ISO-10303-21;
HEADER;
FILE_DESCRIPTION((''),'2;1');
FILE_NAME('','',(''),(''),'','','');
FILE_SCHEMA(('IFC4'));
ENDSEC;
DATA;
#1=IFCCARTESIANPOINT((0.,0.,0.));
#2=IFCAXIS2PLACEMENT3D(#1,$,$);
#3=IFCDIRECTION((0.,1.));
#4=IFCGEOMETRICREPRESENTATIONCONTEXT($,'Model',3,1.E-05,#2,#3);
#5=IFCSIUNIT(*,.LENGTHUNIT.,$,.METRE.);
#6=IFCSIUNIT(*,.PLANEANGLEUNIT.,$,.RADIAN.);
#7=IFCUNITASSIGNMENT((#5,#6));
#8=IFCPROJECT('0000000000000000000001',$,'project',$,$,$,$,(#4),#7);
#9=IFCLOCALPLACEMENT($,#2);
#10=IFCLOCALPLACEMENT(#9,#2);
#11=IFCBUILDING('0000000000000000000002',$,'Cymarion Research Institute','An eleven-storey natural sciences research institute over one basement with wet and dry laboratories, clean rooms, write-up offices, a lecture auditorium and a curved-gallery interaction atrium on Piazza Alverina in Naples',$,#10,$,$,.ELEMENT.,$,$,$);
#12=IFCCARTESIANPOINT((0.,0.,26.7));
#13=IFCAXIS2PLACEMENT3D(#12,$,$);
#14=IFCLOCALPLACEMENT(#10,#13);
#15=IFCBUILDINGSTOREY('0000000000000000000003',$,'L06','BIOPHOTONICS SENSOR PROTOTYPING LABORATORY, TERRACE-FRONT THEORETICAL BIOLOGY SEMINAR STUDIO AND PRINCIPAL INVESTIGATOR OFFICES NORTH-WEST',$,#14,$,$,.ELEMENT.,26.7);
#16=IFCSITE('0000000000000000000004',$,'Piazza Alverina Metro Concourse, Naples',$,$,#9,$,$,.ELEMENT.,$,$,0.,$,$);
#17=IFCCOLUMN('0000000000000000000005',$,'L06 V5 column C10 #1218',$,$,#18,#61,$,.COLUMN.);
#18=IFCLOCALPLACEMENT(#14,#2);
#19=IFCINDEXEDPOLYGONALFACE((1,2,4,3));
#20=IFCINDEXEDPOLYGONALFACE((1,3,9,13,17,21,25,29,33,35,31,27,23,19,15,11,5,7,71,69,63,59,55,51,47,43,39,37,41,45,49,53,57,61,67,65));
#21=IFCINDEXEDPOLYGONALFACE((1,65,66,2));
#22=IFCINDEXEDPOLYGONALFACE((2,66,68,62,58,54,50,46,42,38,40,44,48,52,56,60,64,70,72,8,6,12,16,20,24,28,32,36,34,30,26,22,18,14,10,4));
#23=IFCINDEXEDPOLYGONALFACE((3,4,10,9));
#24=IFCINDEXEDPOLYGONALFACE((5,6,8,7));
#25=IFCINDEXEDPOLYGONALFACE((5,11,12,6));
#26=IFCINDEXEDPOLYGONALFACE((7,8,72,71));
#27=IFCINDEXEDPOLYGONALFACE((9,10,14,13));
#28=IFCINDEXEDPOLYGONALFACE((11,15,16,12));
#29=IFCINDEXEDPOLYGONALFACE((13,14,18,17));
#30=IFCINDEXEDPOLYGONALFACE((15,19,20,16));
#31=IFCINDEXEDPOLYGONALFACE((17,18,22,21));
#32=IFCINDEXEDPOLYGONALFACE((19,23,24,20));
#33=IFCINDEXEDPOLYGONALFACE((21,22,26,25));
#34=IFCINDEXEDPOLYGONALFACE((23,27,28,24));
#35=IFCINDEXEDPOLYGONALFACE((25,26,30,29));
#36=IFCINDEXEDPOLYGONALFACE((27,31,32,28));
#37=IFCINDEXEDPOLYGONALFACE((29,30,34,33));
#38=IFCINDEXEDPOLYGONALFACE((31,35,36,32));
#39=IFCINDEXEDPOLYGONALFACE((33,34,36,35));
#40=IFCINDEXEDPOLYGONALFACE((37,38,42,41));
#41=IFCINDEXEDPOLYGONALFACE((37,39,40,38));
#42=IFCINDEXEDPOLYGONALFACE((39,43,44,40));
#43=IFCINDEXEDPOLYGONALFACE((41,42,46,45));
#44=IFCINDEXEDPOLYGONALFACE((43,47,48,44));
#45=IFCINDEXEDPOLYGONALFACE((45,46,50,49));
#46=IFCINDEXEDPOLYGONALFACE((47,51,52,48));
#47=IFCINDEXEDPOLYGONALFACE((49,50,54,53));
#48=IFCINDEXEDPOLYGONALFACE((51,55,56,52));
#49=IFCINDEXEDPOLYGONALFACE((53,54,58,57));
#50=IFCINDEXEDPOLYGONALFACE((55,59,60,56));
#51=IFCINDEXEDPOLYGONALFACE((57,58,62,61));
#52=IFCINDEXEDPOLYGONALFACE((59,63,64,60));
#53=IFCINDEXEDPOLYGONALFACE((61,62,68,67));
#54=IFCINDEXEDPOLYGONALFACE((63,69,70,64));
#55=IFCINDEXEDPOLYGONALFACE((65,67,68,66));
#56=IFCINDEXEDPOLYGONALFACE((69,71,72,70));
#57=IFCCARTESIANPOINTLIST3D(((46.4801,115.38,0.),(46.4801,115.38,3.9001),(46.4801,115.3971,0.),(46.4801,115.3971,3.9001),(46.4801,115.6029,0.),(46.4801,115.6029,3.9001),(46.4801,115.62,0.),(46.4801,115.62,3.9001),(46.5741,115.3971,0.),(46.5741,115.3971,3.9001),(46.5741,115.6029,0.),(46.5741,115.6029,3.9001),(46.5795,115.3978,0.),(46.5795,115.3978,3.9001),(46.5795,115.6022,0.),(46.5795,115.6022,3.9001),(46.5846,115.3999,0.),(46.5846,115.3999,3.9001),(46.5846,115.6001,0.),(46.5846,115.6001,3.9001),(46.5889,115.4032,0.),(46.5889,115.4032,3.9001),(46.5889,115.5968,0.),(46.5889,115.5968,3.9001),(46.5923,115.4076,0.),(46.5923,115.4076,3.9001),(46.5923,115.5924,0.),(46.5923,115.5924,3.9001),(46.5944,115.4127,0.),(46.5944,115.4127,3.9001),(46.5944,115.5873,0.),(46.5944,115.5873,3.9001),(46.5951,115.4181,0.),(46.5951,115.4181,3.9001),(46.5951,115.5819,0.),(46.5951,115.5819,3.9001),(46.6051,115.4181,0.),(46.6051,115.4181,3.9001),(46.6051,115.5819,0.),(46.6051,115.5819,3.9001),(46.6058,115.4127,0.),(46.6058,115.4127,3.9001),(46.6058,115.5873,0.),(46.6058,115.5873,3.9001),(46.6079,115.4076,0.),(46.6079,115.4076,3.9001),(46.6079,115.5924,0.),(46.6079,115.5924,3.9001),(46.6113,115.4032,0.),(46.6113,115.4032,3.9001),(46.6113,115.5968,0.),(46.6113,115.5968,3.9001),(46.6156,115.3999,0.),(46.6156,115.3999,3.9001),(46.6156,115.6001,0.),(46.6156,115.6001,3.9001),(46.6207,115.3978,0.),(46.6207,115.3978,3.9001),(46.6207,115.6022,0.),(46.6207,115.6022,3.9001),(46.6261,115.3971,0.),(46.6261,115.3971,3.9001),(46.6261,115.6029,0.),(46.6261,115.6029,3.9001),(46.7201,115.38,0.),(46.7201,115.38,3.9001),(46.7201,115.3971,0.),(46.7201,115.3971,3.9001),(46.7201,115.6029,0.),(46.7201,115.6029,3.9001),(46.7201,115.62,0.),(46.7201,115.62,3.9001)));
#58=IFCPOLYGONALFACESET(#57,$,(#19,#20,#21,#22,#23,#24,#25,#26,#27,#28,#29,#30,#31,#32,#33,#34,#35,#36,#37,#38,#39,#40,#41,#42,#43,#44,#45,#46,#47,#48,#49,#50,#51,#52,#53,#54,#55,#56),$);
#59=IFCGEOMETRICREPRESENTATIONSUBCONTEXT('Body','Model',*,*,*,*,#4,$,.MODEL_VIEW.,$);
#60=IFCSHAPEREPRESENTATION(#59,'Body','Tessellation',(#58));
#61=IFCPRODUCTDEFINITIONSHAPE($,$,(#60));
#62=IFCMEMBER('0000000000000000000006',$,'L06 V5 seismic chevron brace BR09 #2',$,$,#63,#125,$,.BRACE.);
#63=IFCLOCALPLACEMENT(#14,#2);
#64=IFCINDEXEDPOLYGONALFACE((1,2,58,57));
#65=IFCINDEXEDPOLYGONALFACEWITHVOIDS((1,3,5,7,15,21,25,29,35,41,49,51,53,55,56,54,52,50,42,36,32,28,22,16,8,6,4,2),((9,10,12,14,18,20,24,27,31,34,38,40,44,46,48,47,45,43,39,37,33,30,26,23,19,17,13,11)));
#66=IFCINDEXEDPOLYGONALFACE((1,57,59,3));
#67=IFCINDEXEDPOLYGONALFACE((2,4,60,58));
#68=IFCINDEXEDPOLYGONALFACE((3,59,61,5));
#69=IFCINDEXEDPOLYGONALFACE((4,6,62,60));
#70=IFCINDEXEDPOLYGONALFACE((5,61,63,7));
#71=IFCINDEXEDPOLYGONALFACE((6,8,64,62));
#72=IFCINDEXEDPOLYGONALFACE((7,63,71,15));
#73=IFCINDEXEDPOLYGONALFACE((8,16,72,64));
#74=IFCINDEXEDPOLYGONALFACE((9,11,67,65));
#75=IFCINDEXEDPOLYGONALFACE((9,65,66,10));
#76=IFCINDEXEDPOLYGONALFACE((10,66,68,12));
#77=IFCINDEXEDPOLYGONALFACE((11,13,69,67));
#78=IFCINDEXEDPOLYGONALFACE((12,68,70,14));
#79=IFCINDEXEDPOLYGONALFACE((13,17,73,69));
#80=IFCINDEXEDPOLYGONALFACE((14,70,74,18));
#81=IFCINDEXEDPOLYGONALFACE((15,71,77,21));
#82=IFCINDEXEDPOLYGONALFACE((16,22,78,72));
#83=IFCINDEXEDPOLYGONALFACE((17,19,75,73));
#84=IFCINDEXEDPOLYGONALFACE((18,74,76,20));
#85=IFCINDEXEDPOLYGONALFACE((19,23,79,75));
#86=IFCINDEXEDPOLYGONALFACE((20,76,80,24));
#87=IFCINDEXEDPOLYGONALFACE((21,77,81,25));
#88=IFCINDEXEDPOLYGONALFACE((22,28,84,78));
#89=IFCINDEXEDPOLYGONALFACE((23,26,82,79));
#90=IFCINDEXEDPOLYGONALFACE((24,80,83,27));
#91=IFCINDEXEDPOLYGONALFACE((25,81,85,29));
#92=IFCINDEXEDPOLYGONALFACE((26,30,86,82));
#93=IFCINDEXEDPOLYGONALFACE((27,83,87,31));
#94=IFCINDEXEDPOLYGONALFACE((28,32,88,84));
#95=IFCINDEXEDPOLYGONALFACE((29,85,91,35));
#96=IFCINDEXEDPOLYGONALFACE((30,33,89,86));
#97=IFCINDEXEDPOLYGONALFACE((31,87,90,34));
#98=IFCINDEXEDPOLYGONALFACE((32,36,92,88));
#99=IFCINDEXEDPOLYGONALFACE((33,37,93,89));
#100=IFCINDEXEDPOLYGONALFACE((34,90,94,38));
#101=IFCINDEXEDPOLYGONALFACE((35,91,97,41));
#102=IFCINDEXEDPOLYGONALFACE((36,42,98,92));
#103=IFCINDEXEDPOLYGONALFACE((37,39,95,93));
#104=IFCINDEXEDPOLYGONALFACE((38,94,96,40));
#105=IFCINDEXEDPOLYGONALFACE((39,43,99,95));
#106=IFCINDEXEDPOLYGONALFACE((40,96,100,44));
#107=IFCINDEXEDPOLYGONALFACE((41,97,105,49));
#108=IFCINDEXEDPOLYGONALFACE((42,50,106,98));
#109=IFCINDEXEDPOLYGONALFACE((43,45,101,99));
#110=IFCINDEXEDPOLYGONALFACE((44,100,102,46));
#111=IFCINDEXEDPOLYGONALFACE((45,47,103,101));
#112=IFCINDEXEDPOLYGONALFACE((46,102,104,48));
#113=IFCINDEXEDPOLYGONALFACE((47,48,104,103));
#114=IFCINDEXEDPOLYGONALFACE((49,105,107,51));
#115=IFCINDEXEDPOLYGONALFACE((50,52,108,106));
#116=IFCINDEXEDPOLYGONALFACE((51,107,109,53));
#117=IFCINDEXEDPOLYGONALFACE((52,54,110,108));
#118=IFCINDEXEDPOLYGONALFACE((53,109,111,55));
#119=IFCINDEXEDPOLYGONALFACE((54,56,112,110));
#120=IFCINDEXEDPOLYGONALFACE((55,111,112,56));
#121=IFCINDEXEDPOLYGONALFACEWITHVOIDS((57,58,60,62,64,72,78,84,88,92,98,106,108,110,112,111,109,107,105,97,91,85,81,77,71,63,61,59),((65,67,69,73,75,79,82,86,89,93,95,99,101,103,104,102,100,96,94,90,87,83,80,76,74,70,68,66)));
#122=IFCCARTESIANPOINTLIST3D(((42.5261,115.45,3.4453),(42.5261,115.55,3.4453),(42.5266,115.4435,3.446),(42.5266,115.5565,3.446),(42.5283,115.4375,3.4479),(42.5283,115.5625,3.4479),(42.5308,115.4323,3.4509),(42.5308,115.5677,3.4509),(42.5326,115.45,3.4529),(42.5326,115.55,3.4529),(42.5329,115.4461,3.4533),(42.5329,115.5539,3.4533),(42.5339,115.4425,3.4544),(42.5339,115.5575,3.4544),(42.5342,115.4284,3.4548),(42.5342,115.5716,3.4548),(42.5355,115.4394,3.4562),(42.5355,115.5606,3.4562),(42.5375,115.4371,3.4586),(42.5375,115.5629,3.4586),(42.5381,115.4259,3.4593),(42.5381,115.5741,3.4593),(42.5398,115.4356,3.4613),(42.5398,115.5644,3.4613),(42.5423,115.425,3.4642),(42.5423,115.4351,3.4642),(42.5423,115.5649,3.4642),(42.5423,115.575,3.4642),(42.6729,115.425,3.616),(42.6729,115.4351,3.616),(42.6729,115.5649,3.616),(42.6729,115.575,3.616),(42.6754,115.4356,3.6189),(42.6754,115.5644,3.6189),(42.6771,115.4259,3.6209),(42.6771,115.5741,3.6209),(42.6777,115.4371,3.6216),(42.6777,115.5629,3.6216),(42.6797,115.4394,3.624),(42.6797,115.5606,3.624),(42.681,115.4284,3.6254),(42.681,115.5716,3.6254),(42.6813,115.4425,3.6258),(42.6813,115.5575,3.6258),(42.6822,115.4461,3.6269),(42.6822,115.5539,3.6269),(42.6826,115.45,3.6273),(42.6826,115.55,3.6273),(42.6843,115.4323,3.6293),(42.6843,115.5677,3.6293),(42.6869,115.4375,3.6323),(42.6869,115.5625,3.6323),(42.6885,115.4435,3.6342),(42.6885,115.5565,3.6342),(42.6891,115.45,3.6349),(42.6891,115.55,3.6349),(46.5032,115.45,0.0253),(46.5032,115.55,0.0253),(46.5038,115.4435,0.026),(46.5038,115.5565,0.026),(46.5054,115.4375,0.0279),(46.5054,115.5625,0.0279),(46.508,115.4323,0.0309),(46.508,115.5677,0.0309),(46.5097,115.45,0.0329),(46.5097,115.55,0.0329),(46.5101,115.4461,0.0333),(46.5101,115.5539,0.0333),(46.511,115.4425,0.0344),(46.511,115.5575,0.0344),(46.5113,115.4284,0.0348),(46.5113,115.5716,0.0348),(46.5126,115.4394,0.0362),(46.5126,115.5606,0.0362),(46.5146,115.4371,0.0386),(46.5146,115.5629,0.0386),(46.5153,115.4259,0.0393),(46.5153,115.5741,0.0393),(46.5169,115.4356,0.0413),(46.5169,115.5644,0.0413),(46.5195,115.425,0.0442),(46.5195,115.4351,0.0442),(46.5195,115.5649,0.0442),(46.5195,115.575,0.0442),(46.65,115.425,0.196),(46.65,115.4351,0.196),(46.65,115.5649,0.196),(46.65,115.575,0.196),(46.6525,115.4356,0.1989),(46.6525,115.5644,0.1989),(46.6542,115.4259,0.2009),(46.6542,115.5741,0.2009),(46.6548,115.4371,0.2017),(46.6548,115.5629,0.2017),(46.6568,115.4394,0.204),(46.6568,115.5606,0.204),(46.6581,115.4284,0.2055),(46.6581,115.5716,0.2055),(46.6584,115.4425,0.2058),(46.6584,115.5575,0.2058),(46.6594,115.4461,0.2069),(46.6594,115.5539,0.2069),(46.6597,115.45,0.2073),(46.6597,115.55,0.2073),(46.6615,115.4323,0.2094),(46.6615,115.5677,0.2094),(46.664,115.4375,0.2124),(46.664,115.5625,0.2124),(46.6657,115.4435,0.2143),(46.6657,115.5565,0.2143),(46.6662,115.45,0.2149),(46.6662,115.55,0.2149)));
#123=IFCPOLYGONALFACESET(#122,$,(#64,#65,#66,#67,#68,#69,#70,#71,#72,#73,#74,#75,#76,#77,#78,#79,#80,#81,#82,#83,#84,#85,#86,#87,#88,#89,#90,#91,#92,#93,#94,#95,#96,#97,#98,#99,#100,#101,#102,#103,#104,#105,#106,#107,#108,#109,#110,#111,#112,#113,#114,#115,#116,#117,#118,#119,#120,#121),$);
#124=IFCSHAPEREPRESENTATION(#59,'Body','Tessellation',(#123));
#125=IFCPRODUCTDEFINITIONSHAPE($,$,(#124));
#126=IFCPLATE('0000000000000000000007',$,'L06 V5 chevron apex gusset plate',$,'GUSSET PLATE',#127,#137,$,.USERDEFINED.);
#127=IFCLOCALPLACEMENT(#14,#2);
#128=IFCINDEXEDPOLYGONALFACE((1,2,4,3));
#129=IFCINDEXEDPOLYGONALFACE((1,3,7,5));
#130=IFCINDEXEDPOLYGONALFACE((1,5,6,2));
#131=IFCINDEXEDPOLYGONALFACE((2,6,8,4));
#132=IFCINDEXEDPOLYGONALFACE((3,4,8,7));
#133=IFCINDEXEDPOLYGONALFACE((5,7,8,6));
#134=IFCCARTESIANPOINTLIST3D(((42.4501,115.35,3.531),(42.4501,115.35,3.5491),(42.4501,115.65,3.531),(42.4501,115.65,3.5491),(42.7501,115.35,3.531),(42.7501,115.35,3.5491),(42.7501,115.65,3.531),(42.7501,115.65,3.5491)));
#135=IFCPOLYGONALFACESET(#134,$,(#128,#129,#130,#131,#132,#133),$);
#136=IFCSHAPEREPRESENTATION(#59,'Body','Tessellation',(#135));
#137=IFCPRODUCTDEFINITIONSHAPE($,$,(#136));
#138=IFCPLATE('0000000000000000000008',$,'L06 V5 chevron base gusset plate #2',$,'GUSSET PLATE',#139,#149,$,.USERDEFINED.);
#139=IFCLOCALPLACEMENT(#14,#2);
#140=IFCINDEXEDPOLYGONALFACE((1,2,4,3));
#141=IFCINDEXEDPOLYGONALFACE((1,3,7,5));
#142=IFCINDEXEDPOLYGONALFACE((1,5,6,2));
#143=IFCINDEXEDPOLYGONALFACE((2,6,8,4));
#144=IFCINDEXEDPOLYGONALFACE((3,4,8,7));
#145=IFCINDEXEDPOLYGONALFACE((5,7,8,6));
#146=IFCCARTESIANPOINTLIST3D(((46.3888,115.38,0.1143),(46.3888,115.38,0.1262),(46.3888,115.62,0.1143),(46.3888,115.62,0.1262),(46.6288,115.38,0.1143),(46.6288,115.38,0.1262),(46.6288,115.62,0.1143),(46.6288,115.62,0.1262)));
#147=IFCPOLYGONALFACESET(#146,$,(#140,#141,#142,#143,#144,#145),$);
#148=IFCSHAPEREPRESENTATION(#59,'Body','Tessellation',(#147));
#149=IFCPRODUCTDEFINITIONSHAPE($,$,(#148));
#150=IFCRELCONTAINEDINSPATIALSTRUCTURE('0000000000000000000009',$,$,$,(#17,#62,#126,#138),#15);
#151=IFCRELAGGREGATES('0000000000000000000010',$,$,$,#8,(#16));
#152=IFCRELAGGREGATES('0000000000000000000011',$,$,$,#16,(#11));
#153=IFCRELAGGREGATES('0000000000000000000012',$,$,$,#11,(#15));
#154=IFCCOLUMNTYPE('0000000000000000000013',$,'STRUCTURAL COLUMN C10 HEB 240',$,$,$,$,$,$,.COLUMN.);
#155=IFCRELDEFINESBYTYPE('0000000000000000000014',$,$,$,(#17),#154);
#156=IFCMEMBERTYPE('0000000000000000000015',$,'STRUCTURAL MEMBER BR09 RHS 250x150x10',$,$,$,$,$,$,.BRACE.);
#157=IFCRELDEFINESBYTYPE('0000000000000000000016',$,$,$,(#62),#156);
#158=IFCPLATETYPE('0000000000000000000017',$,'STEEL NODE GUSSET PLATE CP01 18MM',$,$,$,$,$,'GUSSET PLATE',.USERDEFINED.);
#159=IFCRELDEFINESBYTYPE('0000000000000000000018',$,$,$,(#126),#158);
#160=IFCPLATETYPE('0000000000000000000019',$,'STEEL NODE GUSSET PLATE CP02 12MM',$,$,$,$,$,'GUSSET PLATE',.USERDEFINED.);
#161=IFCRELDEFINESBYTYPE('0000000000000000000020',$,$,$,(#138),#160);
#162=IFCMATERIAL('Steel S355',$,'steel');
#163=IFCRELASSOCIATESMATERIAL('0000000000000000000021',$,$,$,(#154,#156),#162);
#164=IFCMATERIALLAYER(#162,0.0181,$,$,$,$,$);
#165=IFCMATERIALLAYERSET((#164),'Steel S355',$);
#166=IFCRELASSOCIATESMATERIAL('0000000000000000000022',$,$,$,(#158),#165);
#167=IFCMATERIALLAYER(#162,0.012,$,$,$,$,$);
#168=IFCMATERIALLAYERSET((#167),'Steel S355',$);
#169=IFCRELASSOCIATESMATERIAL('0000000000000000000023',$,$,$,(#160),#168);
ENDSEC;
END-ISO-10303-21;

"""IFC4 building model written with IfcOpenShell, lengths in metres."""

from ifc_helpers import new_model, si_unit, direction, frame, origin, origin_2d, place, context, subcontext, project, spatial, rectangle, hollow_rectangle, i_section, extrude, material, layer, layer_set, material_profile, profile_set, type_object, element, save


model = new_model("IFC4")

# Units and contexts
model_context = context("Model", 3, precision=1e-05, world=origin(), true_north=direction((0.0, 1.0)))
body_context = subcontext(model_context, "Body", "Model", "MODEL_VIEW")
ifc_project = project(units=[si_unit("LENGTHUNIT", "METRE"), si_unit("PLANEANGLEUNIT", "RADIAN")], contexts=[model_context])

# Site, building, storey
site_placement = place(None, origin())
site = spatial("IfcSite", under=ifc_project, at=site_placement, Name="Piazza Alverina Metro Concourse, Naples", CompositionType="ELEMENT", RefElevation=0.0)
building_placement = place(site_placement, origin())
building = spatial("IfcBuilding", under=site, at=building_placement, Name="Cymarion Research Institute", Description="An eleven-storey natural sciences research institute over one basement with wet and dry laboratories, clean rooms, write-up offices, a lecture auditorium and a curved-gallery interaction atrium on Piazza Alverina in Naples", CompositionType="ELEMENT")
storey_placement = place(building_placement, frame((0.0, 0.0, 26.7)))
storey = spatial("IfcBuildingStorey", under=building, at=storey_placement, Name="L06", Description="BIOPHOTONICS SENSOR PROTOTYPING LABORATORY, TERRACE-FRONT THEORETICAL BIOLOGY SEMINAR STUDIO AND PRINCIPAL INVESTIGATOR OFFICES NORTH-WEST", CompositionType="ELEMENT", Elevation=26.7)

# Column
ifc_material_1 = material(Name="Steel S355", Category="steel")
ifc_material_profile_1 = material_profile(ifc_material_1, i_section(OverallWidth=0.24, OverallDepth=0.24, WebThickness=0.01, FlangeThickness=0.0171, FilletRadius=0.021, at=origin_2d()), Name="HEB 240")
ifc_profile_set_1 = profile_set([ifc_material_profile_1], Name="Steel S355")
column_type = type_object("IfcColumnType", Name="STRUCTURAL COLUMN C10 HEB 240", PredefinedType="COLUMN", material=ifc_profile_set_1)
column_placement = place(storey_placement, frame((46.6001, 115.5, 0.0), z_axis=(0.0, 0.0, 1.0), x_axis=(1.0, 0.0, 0.0)))
element("IfcColumn", 1, at=column_placement, inside=storey, type_object=column_type, Name="L06 V5 column C10 #1218", PredefinedType="COLUMN", context=body_context, shape_type="SweptSolid", body=[
    extrude(i_section(OverallWidth=0.24, OverallDepth=0.24, WebThickness=0.01, FlangeThickness=0.0171, FilletRadius=0.021, at=origin_2d()), origin(), (0.0, 0.0, 1.0), 3.9001),
])

# Member
ifc_material_profile_2 = material_profile(ifc_material_1, hollow_rectangle(XDim=0.1499, YDim=0.25, WallThickness=0.01, InnerFilletRadius=0.0149, OuterFilletRadius=0.0249, at=origin_2d()), Name="RHS 250x150x10")
ifc_profile_set_2 = profile_set([ifc_material_profile_2], Name="Steel S355")
member_type = type_object("IfcMemberType", Name="STRUCTURAL MEMBER BR09 RHS 250x150x10", PredefinedType="BRACE", material=ifc_profile_set_2)
member_placement = place(storey_placement, frame((46.5847, 115.5, 0.1201), z_axis=(-0.758217, 0.0, 0.652002), x_axis=(0.0, -1.0, 0.0)))
element("IfcMember", 2, at=member_placement, inside=storey, type_object=member_type, Name="L06 V5 seismic chevron brace BR09 #2", PredefinedType="BRACE", context=body_context, shape_type="SweptSolid", body=[
    extrude(hollow_rectangle(XDim=0.1499, YDim=0.25, WallThickness=0.01, InnerFilletRadius=0.0149, OuterFilletRadius=0.0249, at=origin_2d()), origin(), (0.0, 0.0, 1.0), 5.2454),
])

# Plates
ifc_layer_1 = layer(ifc_material_1, 0.0181)
ifc_layer_set_1 = layer_set([ifc_layer_1], Name="Steel S355")
plate_type_1 = type_object("IfcPlateType", Name="STEEL NODE GUSSET PLATE CP01 18MM", ElementType="GUSSET PLATE", PredefinedType="USERDEFINED", material=ifc_layer_set_1)
plate_1_placement = place(storey_placement, frame((42.6001, 115.5, 3.531), z_axis=(0.0, 0.0, 1.0), x_axis=(1.0, 0.0, 0.0)))
element("IfcPlate", 3, at=plate_1_placement, inside=storey, type_object=plate_type_1, Name="L06 V5 chevron apex gusset plate", ObjectType="GUSSET PLATE", PredefinedType="USERDEFINED", context=body_context, shape_type="SweptSolid", body=[
    extrude(rectangle(XDim=0.3, YDim=0.3, at=origin_2d()), origin(), (0.0, 0.0, 1.0), 0.0181),
])
ifc_layer_2 = layer(ifc_material_1, 0.012)
ifc_layer_set_2 = layer_set([ifc_layer_2], Name="Steel S355")
plate_type_2 = type_object("IfcPlateType", Name="STEEL NODE GUSSET PLATE CP02 12MM", ElementType="GUSSET PLATE", PredefinedType="USERDEFINED", material=ifc_layer_set_2)
plate_2_placement = place(storey_placement, frame((46.5088, 115.5, 0.1143), z_axis=(0.0, 0.0, 1.0), x_axis=(1.0, 0.0, 0.0)))
element("IfcPlate", 4, at=plate_2_placement, inside=storey, type_object=plate_type_2, Name="L06 V5 chevron base gusset plate #2", ObjectType="GUSSET PLATE", PredefinedType="USERDEFINED", context=body_context, shape_type="SweptSolid", body=[
    extrude(rectangle(XDim=0.24, YDim=0.24, at=origin_2d()), origin(), (0.0, 0.0, 1.0), 0.012),
])

save(model, "model.ifc")
